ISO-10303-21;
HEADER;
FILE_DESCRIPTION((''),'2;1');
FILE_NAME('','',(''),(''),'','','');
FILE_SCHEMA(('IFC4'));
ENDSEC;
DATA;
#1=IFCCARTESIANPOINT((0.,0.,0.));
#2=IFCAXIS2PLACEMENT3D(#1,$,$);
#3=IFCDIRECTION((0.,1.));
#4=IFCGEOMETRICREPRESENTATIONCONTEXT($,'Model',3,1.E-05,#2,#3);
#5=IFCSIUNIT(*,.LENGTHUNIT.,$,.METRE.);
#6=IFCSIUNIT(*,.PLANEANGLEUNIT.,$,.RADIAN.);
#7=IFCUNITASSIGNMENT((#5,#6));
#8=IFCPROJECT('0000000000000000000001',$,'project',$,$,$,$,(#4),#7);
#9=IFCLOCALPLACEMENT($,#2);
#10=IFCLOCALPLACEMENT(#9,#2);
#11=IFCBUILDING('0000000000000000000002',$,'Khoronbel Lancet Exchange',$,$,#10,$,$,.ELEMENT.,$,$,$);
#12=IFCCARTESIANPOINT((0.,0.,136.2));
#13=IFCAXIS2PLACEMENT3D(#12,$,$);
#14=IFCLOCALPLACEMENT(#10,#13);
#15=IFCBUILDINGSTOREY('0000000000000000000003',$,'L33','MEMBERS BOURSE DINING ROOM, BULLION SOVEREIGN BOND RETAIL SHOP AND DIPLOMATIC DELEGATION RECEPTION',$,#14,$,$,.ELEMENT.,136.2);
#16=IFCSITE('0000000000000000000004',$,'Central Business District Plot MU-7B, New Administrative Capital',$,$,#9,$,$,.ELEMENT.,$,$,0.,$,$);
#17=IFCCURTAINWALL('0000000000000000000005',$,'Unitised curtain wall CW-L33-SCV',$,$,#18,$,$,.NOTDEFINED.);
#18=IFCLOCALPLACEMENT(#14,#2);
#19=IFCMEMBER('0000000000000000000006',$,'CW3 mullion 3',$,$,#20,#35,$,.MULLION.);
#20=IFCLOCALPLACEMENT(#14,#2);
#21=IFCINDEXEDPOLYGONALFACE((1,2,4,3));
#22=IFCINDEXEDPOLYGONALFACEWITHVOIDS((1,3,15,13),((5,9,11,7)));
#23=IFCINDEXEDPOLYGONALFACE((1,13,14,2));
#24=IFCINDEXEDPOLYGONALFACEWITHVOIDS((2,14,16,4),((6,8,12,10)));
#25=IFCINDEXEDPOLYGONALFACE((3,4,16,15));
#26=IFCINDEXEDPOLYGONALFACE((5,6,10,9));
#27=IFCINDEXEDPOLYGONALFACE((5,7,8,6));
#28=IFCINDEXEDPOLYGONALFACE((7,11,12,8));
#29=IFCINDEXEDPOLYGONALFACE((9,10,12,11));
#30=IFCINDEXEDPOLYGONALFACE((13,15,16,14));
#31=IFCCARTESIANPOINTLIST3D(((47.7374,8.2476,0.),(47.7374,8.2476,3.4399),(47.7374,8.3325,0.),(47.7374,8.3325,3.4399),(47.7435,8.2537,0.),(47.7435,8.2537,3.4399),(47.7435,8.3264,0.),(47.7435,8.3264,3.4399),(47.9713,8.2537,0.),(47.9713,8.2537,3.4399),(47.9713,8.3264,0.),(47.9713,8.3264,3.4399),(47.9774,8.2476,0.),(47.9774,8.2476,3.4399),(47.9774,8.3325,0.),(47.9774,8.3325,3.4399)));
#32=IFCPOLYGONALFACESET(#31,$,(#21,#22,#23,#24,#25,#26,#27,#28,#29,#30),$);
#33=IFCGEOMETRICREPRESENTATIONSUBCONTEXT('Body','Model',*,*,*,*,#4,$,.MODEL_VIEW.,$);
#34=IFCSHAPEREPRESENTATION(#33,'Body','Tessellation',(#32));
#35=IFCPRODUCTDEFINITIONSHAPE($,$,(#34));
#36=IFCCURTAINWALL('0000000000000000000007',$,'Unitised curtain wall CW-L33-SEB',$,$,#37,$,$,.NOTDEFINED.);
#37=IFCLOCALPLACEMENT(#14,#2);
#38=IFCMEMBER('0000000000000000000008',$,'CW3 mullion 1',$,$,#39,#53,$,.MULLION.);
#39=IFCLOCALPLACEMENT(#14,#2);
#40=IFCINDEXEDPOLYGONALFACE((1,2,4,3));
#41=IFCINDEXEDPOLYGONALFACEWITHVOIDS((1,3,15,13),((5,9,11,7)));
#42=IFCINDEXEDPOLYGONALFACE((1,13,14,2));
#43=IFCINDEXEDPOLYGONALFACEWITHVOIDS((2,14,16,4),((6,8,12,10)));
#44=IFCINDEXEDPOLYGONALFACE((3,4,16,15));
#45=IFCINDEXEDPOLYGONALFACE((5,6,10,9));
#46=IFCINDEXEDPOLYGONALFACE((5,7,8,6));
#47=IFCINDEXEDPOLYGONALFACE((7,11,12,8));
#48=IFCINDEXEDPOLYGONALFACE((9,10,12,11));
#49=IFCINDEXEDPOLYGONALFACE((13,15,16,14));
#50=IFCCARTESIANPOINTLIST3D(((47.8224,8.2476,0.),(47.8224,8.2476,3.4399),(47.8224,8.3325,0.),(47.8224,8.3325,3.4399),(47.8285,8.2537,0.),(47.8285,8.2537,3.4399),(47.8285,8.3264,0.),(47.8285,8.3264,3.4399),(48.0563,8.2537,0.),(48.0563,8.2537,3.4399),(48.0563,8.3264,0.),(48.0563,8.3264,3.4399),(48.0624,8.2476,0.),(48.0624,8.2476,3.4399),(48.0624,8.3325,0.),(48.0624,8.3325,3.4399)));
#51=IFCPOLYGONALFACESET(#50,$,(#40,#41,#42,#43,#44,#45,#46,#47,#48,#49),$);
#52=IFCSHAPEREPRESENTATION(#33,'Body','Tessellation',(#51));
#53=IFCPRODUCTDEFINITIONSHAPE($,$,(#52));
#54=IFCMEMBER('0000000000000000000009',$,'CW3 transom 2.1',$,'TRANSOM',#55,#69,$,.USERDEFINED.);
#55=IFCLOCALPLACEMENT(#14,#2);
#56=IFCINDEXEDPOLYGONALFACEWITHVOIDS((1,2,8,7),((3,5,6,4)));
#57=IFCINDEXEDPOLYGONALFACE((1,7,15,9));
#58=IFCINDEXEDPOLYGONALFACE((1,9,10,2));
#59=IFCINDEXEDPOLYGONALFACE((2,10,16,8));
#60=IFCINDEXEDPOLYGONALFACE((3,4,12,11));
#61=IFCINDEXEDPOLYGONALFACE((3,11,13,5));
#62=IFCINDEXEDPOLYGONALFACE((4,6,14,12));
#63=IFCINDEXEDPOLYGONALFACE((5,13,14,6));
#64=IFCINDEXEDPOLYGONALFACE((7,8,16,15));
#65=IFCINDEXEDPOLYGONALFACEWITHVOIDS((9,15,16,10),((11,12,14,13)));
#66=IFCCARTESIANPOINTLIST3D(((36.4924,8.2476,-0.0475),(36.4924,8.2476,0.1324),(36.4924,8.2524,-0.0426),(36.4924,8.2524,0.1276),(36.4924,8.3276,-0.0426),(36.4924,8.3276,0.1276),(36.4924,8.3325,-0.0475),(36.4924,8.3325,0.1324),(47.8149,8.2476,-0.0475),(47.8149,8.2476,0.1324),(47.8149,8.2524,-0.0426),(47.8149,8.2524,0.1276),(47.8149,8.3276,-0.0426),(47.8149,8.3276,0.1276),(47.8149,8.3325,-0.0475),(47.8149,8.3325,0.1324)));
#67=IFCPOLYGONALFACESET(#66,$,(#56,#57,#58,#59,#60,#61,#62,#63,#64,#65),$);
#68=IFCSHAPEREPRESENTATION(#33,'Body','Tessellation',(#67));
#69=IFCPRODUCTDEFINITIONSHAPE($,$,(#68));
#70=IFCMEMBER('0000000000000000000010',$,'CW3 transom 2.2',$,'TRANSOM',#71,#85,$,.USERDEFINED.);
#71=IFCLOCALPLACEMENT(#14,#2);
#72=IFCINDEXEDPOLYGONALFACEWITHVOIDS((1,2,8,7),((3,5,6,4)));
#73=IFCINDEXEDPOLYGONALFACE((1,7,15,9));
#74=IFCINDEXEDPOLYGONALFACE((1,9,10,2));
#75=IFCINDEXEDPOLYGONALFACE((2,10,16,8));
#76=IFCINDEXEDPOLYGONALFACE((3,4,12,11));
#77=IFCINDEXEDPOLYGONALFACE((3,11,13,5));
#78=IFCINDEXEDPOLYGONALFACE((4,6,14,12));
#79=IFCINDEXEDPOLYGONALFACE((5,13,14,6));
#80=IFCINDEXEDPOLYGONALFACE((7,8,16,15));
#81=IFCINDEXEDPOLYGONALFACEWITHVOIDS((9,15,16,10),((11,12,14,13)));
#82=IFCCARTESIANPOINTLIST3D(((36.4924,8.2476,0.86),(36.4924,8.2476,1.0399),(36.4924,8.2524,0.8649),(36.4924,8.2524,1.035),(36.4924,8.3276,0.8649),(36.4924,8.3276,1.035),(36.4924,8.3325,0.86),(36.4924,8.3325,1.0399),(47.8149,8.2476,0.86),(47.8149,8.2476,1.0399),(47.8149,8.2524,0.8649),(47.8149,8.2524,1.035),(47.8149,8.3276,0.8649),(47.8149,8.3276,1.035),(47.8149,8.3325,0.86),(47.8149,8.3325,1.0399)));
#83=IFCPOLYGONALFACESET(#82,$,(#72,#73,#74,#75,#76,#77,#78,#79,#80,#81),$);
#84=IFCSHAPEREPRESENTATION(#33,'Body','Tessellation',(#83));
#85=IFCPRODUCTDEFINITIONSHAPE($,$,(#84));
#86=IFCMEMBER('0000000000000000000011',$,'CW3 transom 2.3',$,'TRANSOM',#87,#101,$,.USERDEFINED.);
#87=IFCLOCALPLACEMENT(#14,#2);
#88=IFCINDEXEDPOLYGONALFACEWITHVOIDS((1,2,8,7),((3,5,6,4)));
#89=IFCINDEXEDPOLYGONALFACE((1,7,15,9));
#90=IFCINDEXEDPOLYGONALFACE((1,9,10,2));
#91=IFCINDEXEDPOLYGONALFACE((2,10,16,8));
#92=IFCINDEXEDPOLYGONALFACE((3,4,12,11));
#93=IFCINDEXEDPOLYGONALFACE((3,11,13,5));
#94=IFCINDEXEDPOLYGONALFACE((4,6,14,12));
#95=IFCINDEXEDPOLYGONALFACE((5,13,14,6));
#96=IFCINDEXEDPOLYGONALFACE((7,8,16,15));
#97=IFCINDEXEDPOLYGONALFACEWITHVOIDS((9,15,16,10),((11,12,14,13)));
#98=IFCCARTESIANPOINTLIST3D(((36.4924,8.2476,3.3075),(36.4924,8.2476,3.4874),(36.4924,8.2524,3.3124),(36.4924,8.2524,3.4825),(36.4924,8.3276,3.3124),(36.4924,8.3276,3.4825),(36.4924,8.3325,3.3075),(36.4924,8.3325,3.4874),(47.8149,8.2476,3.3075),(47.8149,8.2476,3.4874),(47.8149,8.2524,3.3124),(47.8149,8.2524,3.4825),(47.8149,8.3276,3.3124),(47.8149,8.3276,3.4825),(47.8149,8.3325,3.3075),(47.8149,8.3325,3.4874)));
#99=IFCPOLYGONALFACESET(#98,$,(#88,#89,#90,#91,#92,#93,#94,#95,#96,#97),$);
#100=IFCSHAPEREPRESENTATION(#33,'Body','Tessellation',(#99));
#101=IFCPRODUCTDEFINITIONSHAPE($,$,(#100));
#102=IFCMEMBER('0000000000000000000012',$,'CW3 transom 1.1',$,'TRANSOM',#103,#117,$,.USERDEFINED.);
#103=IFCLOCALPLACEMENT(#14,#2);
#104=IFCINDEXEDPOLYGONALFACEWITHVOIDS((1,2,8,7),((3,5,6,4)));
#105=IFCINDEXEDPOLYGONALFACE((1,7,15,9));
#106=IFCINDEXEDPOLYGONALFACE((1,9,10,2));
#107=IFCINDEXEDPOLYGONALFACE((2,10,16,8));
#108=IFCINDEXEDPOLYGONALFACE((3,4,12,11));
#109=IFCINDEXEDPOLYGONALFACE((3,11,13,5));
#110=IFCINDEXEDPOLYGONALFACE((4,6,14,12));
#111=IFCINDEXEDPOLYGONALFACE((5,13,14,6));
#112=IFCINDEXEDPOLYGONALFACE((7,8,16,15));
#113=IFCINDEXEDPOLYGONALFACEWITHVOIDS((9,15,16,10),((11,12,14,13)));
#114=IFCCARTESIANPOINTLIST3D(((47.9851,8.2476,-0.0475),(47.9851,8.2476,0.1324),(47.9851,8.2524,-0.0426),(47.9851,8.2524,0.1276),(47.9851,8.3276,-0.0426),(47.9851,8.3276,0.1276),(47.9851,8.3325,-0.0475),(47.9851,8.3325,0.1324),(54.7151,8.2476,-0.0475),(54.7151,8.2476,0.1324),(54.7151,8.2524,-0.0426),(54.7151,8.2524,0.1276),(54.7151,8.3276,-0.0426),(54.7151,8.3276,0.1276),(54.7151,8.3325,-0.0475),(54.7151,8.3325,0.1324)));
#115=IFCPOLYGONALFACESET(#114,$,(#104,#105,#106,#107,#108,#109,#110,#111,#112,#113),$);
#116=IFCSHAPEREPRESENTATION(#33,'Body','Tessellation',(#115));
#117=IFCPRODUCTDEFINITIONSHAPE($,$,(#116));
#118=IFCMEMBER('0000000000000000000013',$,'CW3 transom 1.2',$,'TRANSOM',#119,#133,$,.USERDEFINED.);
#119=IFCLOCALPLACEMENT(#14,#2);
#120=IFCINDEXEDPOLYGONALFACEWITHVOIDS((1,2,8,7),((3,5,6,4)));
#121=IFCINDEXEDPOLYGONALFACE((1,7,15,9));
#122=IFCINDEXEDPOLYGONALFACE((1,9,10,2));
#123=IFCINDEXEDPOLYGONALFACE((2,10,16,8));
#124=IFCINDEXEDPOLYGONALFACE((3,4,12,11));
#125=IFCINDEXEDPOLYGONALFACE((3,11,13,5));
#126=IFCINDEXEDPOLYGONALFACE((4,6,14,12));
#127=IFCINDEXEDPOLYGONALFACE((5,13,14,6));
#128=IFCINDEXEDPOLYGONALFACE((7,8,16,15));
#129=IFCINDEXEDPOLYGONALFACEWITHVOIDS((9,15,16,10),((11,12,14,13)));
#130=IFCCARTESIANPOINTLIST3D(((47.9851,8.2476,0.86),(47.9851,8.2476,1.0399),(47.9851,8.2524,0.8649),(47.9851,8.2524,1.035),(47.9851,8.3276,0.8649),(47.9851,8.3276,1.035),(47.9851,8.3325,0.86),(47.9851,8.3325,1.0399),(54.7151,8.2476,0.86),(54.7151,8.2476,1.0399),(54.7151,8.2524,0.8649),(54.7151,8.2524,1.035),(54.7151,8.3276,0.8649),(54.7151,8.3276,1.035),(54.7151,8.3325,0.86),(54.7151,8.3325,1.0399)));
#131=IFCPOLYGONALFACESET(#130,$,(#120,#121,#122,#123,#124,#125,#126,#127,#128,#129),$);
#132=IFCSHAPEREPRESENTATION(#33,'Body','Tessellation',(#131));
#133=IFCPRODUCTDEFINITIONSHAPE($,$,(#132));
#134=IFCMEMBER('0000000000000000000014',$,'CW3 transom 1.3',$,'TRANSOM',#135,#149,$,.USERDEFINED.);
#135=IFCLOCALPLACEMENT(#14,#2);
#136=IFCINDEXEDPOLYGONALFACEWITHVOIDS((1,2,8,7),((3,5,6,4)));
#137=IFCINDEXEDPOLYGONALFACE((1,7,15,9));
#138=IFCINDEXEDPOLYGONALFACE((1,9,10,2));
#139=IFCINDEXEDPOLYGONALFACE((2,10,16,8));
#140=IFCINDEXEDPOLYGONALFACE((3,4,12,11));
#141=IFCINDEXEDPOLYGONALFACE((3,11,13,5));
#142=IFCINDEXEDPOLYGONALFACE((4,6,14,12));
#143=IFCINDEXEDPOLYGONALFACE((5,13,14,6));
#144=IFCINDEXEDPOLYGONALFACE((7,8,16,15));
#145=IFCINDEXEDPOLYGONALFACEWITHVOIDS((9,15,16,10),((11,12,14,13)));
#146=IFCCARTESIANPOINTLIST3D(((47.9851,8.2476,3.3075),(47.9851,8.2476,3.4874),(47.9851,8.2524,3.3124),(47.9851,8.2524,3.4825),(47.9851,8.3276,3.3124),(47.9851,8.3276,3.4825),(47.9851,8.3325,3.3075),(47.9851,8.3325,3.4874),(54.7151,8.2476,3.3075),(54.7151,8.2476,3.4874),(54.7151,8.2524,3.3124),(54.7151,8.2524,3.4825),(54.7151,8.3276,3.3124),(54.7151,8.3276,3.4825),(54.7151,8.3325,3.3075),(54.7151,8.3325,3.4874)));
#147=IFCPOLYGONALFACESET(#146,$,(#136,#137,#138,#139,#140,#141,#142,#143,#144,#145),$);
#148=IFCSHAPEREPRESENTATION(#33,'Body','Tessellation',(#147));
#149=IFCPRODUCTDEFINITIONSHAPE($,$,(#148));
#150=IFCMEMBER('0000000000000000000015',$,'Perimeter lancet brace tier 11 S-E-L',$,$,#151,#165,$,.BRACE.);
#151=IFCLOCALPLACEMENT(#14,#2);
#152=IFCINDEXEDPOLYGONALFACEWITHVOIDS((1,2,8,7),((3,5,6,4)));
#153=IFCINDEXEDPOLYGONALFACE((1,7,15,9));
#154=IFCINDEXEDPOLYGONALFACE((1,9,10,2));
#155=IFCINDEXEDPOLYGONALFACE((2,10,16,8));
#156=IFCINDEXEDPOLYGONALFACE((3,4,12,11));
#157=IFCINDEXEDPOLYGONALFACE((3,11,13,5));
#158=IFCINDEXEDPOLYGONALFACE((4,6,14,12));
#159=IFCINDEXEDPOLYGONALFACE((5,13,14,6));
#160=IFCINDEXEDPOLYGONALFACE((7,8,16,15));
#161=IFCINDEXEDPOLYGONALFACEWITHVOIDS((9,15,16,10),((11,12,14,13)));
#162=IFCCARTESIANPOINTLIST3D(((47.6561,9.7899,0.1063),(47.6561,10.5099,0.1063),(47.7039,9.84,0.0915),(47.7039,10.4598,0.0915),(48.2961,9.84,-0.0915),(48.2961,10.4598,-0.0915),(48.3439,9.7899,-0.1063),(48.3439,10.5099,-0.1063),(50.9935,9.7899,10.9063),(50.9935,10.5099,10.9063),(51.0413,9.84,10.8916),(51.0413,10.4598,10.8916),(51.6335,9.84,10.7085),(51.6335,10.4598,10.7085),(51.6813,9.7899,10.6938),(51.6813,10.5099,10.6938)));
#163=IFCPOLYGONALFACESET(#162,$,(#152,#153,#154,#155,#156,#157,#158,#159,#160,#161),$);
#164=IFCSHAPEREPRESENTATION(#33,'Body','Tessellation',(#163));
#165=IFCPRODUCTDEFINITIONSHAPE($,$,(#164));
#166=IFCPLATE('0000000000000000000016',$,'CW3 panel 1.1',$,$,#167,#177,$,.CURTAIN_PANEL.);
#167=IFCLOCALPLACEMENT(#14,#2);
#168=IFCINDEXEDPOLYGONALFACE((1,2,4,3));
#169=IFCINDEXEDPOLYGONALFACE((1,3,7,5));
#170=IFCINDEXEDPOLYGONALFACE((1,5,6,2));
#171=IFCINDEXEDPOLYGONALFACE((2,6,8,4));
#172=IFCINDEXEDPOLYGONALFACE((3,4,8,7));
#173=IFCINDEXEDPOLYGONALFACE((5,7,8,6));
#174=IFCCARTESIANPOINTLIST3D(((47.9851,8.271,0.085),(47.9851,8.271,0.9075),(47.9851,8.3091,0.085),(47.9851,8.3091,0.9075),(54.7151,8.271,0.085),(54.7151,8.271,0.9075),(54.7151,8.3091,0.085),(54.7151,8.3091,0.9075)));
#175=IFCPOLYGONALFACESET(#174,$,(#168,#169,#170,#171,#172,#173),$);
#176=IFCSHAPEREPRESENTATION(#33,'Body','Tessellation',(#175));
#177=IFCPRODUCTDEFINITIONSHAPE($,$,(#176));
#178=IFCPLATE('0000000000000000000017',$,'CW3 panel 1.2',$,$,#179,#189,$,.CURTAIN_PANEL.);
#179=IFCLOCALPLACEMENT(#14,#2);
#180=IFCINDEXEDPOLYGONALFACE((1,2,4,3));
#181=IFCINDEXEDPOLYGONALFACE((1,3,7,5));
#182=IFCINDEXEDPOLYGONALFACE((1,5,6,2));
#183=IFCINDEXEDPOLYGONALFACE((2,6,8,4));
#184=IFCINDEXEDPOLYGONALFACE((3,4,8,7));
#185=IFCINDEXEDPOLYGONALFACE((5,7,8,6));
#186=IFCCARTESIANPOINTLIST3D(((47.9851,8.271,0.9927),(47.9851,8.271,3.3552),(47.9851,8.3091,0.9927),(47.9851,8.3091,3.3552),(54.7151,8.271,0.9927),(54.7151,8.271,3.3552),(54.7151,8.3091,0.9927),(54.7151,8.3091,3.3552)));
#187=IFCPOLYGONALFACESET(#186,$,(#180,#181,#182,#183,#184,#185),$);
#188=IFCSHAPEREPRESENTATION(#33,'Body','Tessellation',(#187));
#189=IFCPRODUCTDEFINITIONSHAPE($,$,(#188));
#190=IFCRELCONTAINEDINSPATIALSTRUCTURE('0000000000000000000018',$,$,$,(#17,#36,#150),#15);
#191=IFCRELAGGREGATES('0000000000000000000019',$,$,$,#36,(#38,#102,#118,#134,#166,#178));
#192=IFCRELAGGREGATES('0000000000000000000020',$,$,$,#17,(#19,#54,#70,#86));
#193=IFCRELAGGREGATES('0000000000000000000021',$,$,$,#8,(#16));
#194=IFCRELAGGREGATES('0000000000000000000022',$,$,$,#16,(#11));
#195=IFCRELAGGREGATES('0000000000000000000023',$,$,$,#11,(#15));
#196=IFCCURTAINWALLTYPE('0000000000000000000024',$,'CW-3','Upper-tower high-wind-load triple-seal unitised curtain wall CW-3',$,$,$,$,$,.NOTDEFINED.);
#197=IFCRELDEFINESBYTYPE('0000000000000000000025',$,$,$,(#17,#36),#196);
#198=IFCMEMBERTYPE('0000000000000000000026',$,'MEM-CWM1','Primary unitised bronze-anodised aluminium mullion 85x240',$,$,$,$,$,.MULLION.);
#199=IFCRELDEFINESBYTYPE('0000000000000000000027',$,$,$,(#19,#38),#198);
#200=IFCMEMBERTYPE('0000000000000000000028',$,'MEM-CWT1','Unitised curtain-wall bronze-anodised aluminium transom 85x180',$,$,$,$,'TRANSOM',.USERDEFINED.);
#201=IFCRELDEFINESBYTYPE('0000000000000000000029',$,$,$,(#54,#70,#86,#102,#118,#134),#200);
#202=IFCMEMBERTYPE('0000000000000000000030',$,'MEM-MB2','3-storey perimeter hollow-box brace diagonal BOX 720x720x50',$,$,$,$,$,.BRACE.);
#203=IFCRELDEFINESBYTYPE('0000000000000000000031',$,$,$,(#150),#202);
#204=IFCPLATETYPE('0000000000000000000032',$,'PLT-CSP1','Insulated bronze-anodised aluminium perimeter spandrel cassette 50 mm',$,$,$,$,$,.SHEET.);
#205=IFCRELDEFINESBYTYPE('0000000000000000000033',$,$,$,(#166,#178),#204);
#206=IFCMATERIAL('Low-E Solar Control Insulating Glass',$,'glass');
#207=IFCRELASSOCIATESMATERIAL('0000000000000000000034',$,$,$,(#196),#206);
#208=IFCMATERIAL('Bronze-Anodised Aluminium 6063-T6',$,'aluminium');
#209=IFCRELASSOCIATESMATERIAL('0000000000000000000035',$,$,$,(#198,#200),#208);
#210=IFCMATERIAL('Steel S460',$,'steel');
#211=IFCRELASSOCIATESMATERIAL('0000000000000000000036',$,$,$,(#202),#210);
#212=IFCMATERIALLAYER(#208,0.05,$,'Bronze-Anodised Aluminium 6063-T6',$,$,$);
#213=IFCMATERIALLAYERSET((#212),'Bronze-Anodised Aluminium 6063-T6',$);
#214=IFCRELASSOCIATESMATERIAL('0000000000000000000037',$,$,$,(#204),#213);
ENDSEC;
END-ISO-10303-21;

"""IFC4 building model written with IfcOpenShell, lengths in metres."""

from ifc_helpers import new_model, si_unit, direction, frame, origin, origin_2d, place, context, subcontext, project, spatial, rectangle, hollow_rectangle, extrude, material, layer, layer_set, material_profile, profile_set, type_object, element, aggregate, save


model = new_model("IFC4")

# Units and contexts
model_context = context("Model", 3, precision=1e-05, world=origin(), true_north=direction((0.0, 1.0)))
body_context = subcontext(model_context, "Body", "Model", "MODEL_VIEW")
ifc_project = project(units=[si_unit("LENGTHUNIT", "METRE"), si_unit("PLANEANGLEUNIT", "RADIAN")], contexts=[model_context])

# Site, building, storey
site_placement = place(None, origin())
site = spatial("IfcSite", under=ifc_project, at=site_placement, Name="Central Business District Plot MU-7B, New Administrative Capital", CompositionType="ELEMENT", RefElevation=0.0)
building_placement = place(site_placement, origin())
building = spatial("IfcBuilding", under=site, at=building_placement, Name="Khoronbel Lancet Exchange", CompositionType="ELEMENT")
storey_placement = place(building_placement, frame((0.0, 0.0, 136.2)))
storey = spatial("IfcBuildingStorey", under=building, at=storey_placement, Name="L33", Description="MEMBERS BOURSE DINING ROOM, BULLION SOVEREIGN BOND RETAIL SHOP AND DIPLOMATIC DELEGATION RECEPTION", CompositionType="ELEMENT", Elevation=136.2)

# Shared definitions
ifc_material_1 = material(Name="Steel S460", Category="steel")

# Curtain wall, member
ifc_material_2 = material(Name="Low-E Solar Control Insulating Glass", Category="glass")
curtain_wall_type = type_object("IfcCurtainWallType", Name="CW-3", Description="Upper-tower high-wind-load triple-seal unitised curtain wall CW-3", PredefinedType="NOTDEFINED", material=ifc_material_2)
curtain_wall_1_placement = place(storey_placement, origin())
curtain_wall_1 = element("IfcCurtainWall", 1, at=curtain_wall_1_placement, inside=storey, type_object=curtain_wall_type, Name="Unitised curtain wall CW-L33-SCV", PredefinedType="NOTDEFINED")
ifc_material_3 = material(Name="Bronze-Anodised Aluminium 6063-T6", Category="aluminium")
ifc_material_profile_1 = material_profile(ifc_material_3, hollow_rectangle(XDim=0.085, YDim=0.24, WallThickness=0.0061, at=origin_2d()), Name="ALU MULLION 85x240")
ifc_profile_set_1 = profile_set([ifc_material_profile_1], Name="Bronze-Anodised Aluminium 6063-T6")
member_type_1 = type_object("IfcMemberType", Name="MEM-CWM1", Description="Primary unitised bronze-anodised aluminium mullion 85x240", PredefinedType="MULLION", material=ifc_profile_set_1)
member_1_placement = place(storey_placement, frame((47.8574, 8.29, 0.0), z_axis=(0.0, 0.0, 1.0), x_axis=(0.0, 1.0, 0.0)))
member_1 = element("IfcMember", 2, at=member_1_placement, type_object=member_type_1, Name="CW3 mullion 3", PredefinedType="MULLION", context=body_context, shape_type="SweptSolid", body=[
    extrude(hollow_rectangle(XDim=0.085, YDim=0.24, WallThickness=0.0061, at=origin_2d()), origin(), (0.0, 0.0, 1.0), 3.4399),
])

# Curtain wall, member
curtain_wall_2_placement = place(storey_placement, origin())
curtain_wall_2 = element("IfcCurtainWall", 3, at=curtain_wall_2_placement, inside=storey, type_object=curtain_wall_type, Name="Unitised curtain wall CW-L33-SEB", PredefinedType="NOTDEFINED")
member_2_placement = place(storey_placement, frame((47.9424, 8.29, 0.0), z_axis=(0.0, 0.0, 1.0), x_axis=(0.0, 1.0, 0.0)))
member_2 = element("IfcMember", 4, at=member_2_placement, type_object=member_type_1, Name="CW3 mullion 1", PredefinedType="MULLION", context=body_context, shape_type="SweptSolid", body=[
    extrude(hollow_rectangle(XDim=0.085, YDim=0.24, WallThickness=0.0061, at=origin_2d()), origin(), (0.0, 0.0, 1.0), 3.4399),
])

# Members
ifc_material_profile_2 = material_profile(ifc_material_3, hollow_rectangle(XDim=0.085, YDim=0.1799, WallThickness=0.0049, at=origin_2d()), Name="ALU TRANSOM 85x180")
ifc_profile_set_2 = profile_set([ifc_material_profile_2], Name="Bronze-Anodised Aluminium 6063-T6")
member_type_2 = type_object("IfcMemberType", Name="MEM-CWT1", Description="Unitised curtain-wall bronze-anodised aluminium transom 85x180", ElementType="TRANSOM", PredefinedType="USERDEFINED", material=ifc_profile_set_2)
member_3_placement = place(storey_placement, frame((36.4924, 8.29, 0.0425), z_axis=(1.0, 0.0, 0.0), x_axis=(0.0, 1.0, 0.0)))
member_3 = element("IfcMember", 5, at=member_3_placement, type_object=member_type_2, Name="CW3 transom 2.1", ObjectType="TRANSOM", PredefinedType="USERDEFINED", context=body_context, shape_type="SweptSolid", body=[
    extrude(hollow_rectangle(XDim=0.085, YDim=0.1799, WallThickness=0.0049, at=origin_2d()), origin(), (0.0, 0.0, 1.0), 11.3225),
])
member_4_placement = place(storey_placement, frame((36.4924, 8.29, 0.95), z_axis=(1.0, 0.0, 0.0), x_axis=(0.0, 1.0, 0.0)))
member_4 = element("IfcMember", 6, at=member_4_placement, type_object=member_type_2, Name="CW3 transom 2.2", ObjectType="TRANSOM", PredefinedType="USERDEFINED", context=body_context, shape_type="SweptSolid", body=[
    extrude(hollow_rectangle(XDim=0.085, YDim=0.1799, WallThickness=0.0049, at=origin_2d()), origin(), (0.0, 0.0, 1.0), 11.3225),
])
member_5_placement = place(storey_placement, frame((36.4924, 8.29, 3.3975), z_axis=(1.0, 0.0, 0.0), x_axis=(0.0, 1.0, 0.0)))
member_5 = element("IfcMember", 7, at=member_5_placement, type_object=member_type_2, Name="CW3 transom 2.3", ObjectType="TRANSOM", PredefinedType="USERDEFINED", context=body_context, shape_type="SweptSolid", body=[
    extrude(hollow_rectangle(XDim=0.085, YDim=0.1799, WallThickness=0.0049, at=origin_2d()), origin(), (0.0, 0.0, 1.0), 11.3225),
])
member_6_placement = place(storey_placement, frame((47.9851, 8.29, 0.0425), z_axis=(1.0, 0.0, 0.0), x_axis=(0.0, 1.0, 0.0)))
member_6 = element("IfcMember", 8, at=member_6_placement, type_object=member_type_2, Name="CW3 transom 1.1", ObjectType="TRANSOM", PredefinedType="USERDEFINED", context=body_context, shape_type="SweptSolid", body=[
    extrude(hollow_rectangle(XDim=0.085, YDim=0.1799, WallThickness=0.0049, at=origin_2d()), origin(), (0.0, 0.0, 1.0), 6.73),
])
member_7_placement = place(storey_placement, frame((47.9851, 8.29, 0.95), z_axis=(1.0, 0.0, 0.0), x_axis=(0.0, 1.0, 0.0)))
member_7 = element("IfcMember", 9, at=member_7_placement, type_object=member_type_2, Name="CW3 transom 1.2", ObjectType="TRANSOM", PredefinedType="USERDEFINED", context=body_context, shape_type="SweptSolid", body=[
    extrude(hollow_rectangle(XDim=0.085, YDim=0.1799, WallThickness=0.0049, at=origin_2d()), origin(), (0.0, 0.0, 1.0), 6.73),
])
member_8_placement = place(storey_placement, frame((47.9851, 8.29, 3.3975), z_axis=(1.0, 0.0, 0.0), x_axis=(0.0, 1.0, 0.0)))
member_8 = element("IfcMember", 10, at=member_8_placement, type_object=member_type_2, Name="CW3 transom 1.3", ObjectType="TRANSOM", PredefinedType="USERDEFINED", context=body_context, shape_type="SweptSolid", body=[
    extrude(hollow_rectangle(XDim=0.085, YDim=0.1799, WallThickness=0.0049, at=origin_2d()), origin(), (0.0, 0.0, 1.0), 6.73),
])
ifc_material_profile_3 = material_profile(ifc_material_1, hollow_rectangle(XDim=0.72, YDim=0.72, WallThickness=0.05, at=origin_2d()), Name="BOX 720x720x50")
ifc_profile_set_3 = profile_set([ifc_material_profile_3], Name="Steel S460")
member_type_3 = type_object("IfcMemberType", Name="MEM-MB2", Description="3-storey perimeter hollow-box brace diagonal BOX 720x720x50", PredefinedType="BRACE", material=ifc_profile_set_3)
member_9_placement = place(storey_placement, frame((48.0, 10.1499, 0.0), z_axis=(0.295242, 0.0, 0.955422), x_axis=(0.0, 1.0, 0.0)))
element("IfcMember", 11, at=member_9_placement, inside=storey, type_object=member_type_3, Name="Perimeter lancet brace tier 11 S-E-L", PredefinedType="BRACE", context=body_context, shape_type="SweptSolid", body=[
    extrude(hollow_rectangle(XDim=0.72, YDim=0.72, WallThickness=0.05, at=origin_2d()), origin(), (0.0, 0.0, 1.0), 11.304),
])

# Plates
ifc_layer_1 = layer(ifc_material_3, 0.05, Name="Bronze-Anodised Aluminium 6063-T6")
ifc_layer_set_1 = layer_set([ifc_layer_1], Name="Bronze-Anodised Aluminium 6063-T6")
plate_type_1 = type_object("IfcPlateType", Name="PLT-CSP1", Description="Insulated bronze-anodised aluminium perimeter spandrel cassette 50 mm", PredefinedType="SHEET", material=ifc_layer_set_1)
plate_1_placement = place(storey_placement, frame((51.3501, 8.29, 0.085), z_axis=(0.0, 0.0, 1.0), x_axis=(1.0, 0.0, 0.0)))
plate_1 = element("IfcPlate", 12, at=plate_1_placement, type_object=plate_type_1, Name="CW3 panel 1.1", PredefinedType="CURTAIN_PANEL", context=body_context, shape_type="SweptSolid", body=[
    extrude(rectangle(XDim=6.73, YDim=0.0381, at=origin_2d()), origin(), (0.0, 0.0, 1.0), 0.8225),
])
plate_2_placement = place(storey_placement, frame((51.3501, 8.29, 0.9927), z_axis=(0.0, 0.0, 1.0), x_axis=(1.0, 0.0, 0.0)))
plate_2 = element("IfcPlate", 13, at=plate_2_placement, type_object=plate_type_1, Name="CW3 panel 1.2", PredefinedType="CURTAIN_PANEL", context=body_context, shape_type="SweptSolid", body=[
    extrude(rectangle(XDim=6.73, YDim=0.0381, at=origin_2d()), origin(), (0.0, 0.0, 1.0), 2.3625),
])
aggregate(curtain_wall_2, [member_2, member_6, member_7, member_8, plate_1, plate_2])
aggregate(curtain_wall_1, [member_1, member_3, member_4, member_5])

save(model, "model.ifc")
